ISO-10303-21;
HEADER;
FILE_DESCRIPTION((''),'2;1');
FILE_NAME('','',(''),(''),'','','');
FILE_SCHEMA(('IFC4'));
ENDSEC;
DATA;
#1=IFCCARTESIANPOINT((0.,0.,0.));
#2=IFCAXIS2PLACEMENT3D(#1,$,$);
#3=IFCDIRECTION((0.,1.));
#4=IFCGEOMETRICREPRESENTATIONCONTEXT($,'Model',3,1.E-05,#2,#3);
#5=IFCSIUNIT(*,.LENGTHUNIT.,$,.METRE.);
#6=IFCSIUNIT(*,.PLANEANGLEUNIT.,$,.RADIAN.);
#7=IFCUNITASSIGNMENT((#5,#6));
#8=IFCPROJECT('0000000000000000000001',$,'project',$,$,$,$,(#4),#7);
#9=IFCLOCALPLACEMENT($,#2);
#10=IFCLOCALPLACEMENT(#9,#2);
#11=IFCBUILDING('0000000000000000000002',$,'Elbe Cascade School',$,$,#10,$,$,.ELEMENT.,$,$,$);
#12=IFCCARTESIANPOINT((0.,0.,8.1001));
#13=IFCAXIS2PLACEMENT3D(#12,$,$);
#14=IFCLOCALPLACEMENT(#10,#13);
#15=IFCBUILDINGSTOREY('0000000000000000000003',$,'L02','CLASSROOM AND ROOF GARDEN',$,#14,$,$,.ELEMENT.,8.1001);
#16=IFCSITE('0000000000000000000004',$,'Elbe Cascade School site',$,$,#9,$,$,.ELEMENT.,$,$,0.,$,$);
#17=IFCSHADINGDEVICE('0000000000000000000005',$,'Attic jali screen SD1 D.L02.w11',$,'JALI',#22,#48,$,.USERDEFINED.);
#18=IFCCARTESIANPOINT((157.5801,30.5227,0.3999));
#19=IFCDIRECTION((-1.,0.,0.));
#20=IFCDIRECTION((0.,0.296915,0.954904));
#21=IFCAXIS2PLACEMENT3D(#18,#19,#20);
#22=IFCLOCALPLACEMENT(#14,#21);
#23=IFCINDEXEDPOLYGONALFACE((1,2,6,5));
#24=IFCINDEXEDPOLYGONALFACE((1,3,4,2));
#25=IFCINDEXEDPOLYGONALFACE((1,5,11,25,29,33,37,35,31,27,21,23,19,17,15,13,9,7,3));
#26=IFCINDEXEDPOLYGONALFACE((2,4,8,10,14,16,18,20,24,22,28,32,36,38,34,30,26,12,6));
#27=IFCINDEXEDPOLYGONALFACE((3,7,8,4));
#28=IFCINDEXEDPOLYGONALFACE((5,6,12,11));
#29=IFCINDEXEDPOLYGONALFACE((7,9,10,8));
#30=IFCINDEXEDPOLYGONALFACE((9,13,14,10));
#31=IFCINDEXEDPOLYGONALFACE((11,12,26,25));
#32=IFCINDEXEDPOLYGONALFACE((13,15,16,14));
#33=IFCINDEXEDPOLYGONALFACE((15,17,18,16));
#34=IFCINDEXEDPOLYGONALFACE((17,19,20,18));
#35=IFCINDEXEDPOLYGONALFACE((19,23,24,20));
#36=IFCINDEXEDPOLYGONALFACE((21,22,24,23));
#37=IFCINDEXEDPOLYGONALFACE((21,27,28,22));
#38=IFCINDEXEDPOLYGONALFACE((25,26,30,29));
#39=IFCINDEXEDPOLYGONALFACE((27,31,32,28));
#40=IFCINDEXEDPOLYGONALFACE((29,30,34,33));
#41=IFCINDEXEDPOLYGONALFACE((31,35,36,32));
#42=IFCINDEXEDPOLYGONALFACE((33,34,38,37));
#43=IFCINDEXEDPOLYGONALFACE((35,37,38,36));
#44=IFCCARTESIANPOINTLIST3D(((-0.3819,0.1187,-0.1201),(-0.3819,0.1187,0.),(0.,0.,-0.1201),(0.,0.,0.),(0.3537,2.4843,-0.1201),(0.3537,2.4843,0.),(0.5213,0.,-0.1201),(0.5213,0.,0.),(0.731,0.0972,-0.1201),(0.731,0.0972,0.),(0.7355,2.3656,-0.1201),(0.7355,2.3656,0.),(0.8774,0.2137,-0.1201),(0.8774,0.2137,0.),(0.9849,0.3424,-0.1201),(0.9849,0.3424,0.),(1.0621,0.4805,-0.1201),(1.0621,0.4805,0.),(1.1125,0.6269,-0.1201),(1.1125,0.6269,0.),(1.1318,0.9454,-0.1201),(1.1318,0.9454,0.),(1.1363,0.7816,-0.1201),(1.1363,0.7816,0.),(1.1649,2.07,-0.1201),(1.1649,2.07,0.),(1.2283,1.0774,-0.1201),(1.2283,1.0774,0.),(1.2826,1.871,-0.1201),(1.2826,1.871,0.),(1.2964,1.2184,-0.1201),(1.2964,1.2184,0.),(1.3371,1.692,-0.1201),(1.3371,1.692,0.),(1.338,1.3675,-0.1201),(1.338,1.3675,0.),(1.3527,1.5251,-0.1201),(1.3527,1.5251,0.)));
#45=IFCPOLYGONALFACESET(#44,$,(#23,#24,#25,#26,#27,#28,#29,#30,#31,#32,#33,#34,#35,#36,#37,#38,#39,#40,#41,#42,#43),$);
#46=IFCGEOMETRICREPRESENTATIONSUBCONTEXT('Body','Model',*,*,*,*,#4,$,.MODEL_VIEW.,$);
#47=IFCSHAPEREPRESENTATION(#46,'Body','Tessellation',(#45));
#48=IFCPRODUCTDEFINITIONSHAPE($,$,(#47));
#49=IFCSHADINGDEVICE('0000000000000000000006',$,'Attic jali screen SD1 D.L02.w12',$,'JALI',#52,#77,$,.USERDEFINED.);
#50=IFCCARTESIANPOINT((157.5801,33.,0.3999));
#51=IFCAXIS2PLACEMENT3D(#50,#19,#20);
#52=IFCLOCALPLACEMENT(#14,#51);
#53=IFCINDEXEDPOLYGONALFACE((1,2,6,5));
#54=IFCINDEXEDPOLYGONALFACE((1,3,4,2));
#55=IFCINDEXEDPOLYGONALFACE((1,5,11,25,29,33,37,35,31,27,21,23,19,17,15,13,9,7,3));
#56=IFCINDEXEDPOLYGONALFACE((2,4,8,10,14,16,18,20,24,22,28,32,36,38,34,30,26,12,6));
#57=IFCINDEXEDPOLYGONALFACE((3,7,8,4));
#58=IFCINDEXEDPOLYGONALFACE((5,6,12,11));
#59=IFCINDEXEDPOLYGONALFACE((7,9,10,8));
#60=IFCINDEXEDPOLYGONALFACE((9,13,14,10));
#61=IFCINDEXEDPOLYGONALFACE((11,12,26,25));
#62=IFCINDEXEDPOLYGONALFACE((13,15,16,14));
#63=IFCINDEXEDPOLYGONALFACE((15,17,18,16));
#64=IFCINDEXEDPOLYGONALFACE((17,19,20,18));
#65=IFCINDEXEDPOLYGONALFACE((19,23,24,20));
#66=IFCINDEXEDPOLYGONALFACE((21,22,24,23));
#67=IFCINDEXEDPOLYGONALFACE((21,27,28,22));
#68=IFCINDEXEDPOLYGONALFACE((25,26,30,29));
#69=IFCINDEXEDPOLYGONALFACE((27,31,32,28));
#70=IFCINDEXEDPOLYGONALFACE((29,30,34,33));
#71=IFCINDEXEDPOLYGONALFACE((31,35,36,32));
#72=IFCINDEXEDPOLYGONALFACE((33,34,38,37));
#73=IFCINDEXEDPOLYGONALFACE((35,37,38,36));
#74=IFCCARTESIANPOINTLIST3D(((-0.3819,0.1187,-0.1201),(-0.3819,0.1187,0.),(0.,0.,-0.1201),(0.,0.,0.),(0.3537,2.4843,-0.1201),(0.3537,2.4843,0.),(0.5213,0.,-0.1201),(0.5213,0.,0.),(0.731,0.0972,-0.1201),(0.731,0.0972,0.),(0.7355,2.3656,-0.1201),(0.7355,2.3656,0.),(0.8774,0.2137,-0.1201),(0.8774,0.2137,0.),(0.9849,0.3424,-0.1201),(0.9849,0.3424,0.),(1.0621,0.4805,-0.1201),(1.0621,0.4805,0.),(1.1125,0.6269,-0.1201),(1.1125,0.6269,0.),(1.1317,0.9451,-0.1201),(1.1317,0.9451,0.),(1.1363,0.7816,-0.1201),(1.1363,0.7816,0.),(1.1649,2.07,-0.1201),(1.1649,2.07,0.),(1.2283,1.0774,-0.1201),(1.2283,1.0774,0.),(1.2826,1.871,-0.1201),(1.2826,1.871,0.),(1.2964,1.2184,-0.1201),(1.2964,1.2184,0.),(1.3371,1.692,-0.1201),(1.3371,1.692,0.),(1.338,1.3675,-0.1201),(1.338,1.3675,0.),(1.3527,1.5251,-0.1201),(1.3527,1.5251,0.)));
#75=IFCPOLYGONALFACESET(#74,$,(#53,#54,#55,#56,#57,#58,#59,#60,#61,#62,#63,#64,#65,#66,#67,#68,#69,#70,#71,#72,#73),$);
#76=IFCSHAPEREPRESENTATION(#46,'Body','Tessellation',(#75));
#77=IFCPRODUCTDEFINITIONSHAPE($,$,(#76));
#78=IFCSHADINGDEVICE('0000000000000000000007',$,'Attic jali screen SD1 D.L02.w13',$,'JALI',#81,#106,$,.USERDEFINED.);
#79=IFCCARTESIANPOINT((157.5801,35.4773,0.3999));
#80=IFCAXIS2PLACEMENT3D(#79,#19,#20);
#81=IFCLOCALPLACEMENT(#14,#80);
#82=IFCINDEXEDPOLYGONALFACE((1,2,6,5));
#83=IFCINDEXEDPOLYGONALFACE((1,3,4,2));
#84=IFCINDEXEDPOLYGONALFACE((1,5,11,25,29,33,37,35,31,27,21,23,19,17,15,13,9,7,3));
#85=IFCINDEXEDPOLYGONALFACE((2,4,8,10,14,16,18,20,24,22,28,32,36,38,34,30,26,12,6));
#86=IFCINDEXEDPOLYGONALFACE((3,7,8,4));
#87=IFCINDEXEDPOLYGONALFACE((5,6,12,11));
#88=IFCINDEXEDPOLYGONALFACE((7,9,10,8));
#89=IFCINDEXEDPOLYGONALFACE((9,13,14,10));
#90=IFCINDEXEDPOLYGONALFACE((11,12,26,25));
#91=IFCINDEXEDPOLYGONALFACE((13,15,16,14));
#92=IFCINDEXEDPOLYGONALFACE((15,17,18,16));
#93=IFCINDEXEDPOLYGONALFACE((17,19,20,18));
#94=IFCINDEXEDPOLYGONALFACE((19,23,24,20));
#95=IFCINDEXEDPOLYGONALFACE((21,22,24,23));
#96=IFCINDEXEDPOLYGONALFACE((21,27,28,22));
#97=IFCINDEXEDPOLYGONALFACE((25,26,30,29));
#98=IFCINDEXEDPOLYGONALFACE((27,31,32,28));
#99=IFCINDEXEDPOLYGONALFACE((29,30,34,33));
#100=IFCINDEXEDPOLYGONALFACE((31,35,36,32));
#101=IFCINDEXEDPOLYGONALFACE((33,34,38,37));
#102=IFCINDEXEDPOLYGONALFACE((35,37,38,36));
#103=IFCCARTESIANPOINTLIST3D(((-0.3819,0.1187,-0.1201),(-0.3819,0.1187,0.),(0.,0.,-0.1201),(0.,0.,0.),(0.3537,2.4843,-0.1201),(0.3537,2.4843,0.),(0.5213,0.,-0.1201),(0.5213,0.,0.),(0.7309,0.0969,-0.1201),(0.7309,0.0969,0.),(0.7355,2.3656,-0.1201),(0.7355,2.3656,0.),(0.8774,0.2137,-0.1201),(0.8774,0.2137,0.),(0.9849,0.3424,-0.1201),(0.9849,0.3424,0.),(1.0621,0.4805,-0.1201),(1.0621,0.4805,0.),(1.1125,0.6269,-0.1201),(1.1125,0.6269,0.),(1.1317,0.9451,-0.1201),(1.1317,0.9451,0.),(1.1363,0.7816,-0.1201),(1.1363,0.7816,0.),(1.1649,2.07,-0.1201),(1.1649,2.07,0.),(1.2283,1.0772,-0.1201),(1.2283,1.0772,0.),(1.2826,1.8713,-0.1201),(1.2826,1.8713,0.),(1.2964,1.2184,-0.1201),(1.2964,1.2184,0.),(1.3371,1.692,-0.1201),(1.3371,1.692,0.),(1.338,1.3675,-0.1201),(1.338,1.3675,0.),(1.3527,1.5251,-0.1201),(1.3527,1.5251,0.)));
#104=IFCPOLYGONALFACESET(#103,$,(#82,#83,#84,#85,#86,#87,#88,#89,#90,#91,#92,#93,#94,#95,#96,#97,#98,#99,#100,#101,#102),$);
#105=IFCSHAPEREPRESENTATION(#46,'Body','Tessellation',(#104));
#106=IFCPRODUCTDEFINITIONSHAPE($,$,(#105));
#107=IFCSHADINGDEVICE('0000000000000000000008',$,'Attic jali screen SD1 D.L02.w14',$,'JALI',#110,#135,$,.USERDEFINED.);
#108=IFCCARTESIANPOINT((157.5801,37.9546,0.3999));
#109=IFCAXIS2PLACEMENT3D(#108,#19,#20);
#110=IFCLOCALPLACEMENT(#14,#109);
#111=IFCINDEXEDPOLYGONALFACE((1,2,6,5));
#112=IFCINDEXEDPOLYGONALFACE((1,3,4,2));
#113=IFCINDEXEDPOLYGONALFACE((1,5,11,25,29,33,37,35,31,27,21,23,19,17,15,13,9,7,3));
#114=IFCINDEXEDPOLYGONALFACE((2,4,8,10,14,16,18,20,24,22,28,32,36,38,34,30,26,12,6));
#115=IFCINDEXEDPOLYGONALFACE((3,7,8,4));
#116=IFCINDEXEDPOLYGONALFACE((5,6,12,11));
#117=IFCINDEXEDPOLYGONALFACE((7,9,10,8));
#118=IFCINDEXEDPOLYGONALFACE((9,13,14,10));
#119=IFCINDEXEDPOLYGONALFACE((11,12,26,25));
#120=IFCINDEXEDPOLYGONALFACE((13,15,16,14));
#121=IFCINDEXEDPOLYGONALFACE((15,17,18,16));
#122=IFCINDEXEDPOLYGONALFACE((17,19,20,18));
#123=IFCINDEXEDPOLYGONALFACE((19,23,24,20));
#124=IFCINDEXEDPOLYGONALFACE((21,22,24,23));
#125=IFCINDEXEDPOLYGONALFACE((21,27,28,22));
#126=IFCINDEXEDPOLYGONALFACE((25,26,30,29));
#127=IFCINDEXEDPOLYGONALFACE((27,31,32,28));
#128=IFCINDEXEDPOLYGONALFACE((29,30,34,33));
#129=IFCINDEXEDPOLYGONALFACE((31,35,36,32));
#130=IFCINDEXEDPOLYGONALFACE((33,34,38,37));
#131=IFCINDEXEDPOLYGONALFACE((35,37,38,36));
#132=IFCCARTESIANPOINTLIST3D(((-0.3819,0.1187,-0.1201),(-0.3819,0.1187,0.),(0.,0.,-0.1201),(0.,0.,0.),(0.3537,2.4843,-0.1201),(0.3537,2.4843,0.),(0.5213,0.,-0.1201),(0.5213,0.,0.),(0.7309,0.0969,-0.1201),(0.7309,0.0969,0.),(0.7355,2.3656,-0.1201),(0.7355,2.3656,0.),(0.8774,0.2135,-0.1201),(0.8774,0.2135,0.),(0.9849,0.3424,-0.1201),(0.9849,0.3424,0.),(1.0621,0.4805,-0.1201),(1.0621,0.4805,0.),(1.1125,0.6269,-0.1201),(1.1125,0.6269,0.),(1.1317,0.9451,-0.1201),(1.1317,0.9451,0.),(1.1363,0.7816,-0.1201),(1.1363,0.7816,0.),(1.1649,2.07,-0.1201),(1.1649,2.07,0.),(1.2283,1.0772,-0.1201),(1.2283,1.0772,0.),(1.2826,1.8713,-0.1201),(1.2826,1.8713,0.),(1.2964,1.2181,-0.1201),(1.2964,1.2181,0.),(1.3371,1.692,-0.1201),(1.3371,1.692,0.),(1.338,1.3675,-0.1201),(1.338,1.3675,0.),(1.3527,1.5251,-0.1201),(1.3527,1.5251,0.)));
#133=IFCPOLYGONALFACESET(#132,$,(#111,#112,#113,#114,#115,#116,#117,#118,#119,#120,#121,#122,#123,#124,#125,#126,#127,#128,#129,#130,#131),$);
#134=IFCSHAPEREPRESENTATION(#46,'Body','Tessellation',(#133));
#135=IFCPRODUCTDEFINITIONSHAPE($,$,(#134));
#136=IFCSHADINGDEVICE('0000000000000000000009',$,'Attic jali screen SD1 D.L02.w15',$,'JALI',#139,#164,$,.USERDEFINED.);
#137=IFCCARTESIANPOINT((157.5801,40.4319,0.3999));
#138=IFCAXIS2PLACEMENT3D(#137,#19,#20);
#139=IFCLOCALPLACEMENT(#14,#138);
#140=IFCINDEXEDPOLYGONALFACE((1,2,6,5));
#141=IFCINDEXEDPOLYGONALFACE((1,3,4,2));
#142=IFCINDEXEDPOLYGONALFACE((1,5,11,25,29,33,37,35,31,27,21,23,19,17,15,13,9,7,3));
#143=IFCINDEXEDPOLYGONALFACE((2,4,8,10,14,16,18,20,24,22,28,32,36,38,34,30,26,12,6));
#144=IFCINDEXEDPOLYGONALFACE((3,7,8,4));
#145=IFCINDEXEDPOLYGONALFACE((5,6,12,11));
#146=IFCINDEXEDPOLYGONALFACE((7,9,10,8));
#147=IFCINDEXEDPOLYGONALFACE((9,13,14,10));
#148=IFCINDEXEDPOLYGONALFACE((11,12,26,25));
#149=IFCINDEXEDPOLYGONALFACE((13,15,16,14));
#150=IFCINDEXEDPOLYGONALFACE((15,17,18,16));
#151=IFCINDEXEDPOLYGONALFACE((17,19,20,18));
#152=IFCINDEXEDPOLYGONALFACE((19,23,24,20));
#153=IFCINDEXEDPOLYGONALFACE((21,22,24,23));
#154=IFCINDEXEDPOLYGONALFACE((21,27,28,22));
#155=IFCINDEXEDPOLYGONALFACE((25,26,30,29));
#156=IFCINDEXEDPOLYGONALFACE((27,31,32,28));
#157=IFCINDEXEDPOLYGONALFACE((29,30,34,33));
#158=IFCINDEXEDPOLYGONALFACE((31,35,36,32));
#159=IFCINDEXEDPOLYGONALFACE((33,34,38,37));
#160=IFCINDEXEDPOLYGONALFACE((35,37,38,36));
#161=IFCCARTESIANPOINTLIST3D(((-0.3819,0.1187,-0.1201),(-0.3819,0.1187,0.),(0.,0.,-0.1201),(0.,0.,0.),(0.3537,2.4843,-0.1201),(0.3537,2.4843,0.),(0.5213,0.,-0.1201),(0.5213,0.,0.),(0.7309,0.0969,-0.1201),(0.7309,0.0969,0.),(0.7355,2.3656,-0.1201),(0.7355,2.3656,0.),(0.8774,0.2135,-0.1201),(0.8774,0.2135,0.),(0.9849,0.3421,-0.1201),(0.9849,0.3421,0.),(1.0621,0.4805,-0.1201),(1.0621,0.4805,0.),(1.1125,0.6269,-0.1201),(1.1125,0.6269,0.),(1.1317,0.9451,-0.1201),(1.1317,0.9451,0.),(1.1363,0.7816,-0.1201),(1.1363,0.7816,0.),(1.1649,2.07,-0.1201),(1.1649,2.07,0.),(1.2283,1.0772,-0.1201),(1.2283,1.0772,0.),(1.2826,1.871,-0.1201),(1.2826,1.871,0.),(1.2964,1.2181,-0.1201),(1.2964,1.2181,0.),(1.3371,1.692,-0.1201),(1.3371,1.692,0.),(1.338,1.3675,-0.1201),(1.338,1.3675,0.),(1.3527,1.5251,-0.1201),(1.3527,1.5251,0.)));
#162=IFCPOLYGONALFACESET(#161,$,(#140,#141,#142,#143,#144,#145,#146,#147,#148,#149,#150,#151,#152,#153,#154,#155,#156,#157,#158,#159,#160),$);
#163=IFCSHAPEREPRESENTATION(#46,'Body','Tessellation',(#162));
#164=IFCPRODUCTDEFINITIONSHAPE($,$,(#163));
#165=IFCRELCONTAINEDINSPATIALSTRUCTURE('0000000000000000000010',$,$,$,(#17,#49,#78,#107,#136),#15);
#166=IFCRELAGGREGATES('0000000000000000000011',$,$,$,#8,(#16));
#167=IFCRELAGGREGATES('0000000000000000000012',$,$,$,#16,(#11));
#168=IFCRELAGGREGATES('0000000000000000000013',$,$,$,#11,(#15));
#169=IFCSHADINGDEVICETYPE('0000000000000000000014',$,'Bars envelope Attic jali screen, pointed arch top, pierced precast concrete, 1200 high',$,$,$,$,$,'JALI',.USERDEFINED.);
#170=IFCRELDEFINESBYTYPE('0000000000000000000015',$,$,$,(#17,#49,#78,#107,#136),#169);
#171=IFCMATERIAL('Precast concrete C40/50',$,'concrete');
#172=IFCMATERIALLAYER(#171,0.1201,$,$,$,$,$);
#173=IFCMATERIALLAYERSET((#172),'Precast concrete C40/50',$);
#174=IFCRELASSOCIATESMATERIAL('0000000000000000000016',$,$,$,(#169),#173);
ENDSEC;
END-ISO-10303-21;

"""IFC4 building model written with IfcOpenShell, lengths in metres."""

from ifc_helpers import new_model, si_unit, direction, frame, origin, place, context, subcontext, project, spatial, polyline, outline, extrude, material, layer, layer_set, type_object, element, save


model = new_model("IFC4")

# Units and contexts
model_context = context("Model", 3, precision=1e-05, world=origin(), true_north=direction((0.0, 1.0)))
body_context = subcontext(model_context, "Body", "Model", "MODEL_VIEW")
ifc_project = project(units=[si_unit("LENGTHUNIT", "METRE"), si_unit("PLANEANGLEUNIT", "RADIAN")], contexts=[model_context])

# Site, building, storey
site_placement = place(None, origin())
site = spatial("IfcSite", under=ifc_project, at=site_placement, Name="Elbe Cascade School site", CompositionType="ELEMENT", RefElevation=0.0)
building_placement = place(site_placement, origin())
building = spatial("IfcBuilding", under=site, at=building_placement, Name="Elbe Cascade School", CompositionType="ELEMENT")
storey_placement = place(building_placement, frame((0.0, 0.0, 8.1001)))
storey = spatial("IfcBuildingStorey", under=building, at=storey_placement, Name="L02", Description="CLASSROOM AND ROOF GARDEN", CompositionType="ELEMENT", Elevation=8.1001)

# Shading devices
ifc_material_1 = material(Name="Precast concrete C40/50", Category="concrete")
ifc_layer_1 = layer(ifc_material_1, 0.1201)
ifc_layer_set_1 = layer_set([ifc_layer_1], Name="Precast concrete C40/50")
shading_device_type = type_object("IfcShadingDeviceType", Name="Bars envelope Attic jali screen, pointed arch top, pierced precast concrete, 1200 high", ElementType="JALI", PredefinedType="USERDEFINED", material=ifc_layer_set_1)
shading_device_1_placement = place(storey_placement, frame((157.5801, 30.5227, 0.3999), z_axis=(-1.0, 0.0, 0.0), x_axis=(0.0, 0.296915, 0.954904)))
element("IfcShadingDevice", 1, at=shading_device_1_placement, inside=storey, type_object=shading_device_type, Name="Attic jali screen SD1 D.L02.w11", ObjectType="JALI", PredefinedType="USERDEFINED", context=body_context, shape_type="SweptSolid", body=[
    extrude(outline(polyline([(0.0, 0.0), (0.5213, 0.0), (0.731, 0.0972), (0.8774, 0.2137), (0.9849, 0.3424), (1.0621, 0.4805), (1.1125, 0.6269), (1.1363, 0.7816), (1.1318, 0.9454), (1.2283, 1.0774), (1.2964, 1.2184), (1.338, 1.3675), (1.3527, 1.5251), (1.3371, 1.692), (1.2826, 1.871), (1.1649, 2.07), (0.7355, 2.3656), (0.3537, 2.4843), (-0.3819, 0.1187), (0.0, 0.0)])), origin(), (0.0, 0.0, -1.0), 0.1201),
])
shading_device_2_placement = place(storey_placement, frame((157.5801, 33.0, 0.3999), z_axis=(-1.0, 0.0, 0.0), x_axis=(0.0, 0.296915, 0.954904)))
element("IfcShadingDevice", 2, at=shading_device_2_placement, inside=storey, type_object=shading_device_type, Name="Attic jali screen SD1 D.L02.w12", ObjectType="JALI", PredefinedType="USERDEFINED", context=body_context, shape_type="SweptSolid", body=[
    extrude(outline(polyline([(0.0, 0.0), (0.5213, 0.0), (0.731, 0.0972), (0.8774, 0.2137), (0.9849, 0.3424), (1.0621, 0.4805), (1.1125, 0.6269), (1.1363, 0.7816), (1.1317, 0.9451), (1.2283, 1.0774), (1.2964, 1.2184), (1.338, 1.3675), (1.3527, 1.5251), (1.3371, 1.692), (1.2826, 1.871), (1.1649, 2.07), (0.7355, 2.3656), (0.3537, 2.4843), (-0.3819, 0.1187), (0.0, 0.0)])), origin(), (0.0, 0.0, -1.0), 0.1201),
])
shading_device_3_placement = place(storey_placement, frame((157.5801, 35.4773, 0.3999), z_axis=(-1.0, 0.0, 0.0), x_axis=(0.0, 0.296915, 0.954904)))
element("IfcShadingDevice", 3, at=shading_device_3_placement, inside=storey, type_object=shading_device_type, Name="Attic jali screen SD1 D.L02.w13", ObjectType="JALI", PredefinedType="USERDEFINED", context=body_context, shape_type="SweptSolid", body=[
    extrude(outline(polyline([(0.0, 0.0), (0.5213, 0.0), (0.7309, 0.0969), (0.8774, 0.2137), (0.9849, 0.3424), (1.0621, 0.4805), (1.1125, 0.6269), (1.1363, 0.7816), (1.1317, 0.9451), (1.2283, 1.0772), (1.2964, 1.2184), (1.338, 1.3675), (1.3527, 1.5251), (1.3371, 1.692), (1.2826, 1.8713), (1.1649, 2.07), (0.7355, 2.3656), (0.3537, 2.4843), (-0.3819, 0.1187), (0.0, 0.0)])), origin(), (0.0, 0.0, -1.0), 0.1201),
])
shading_device_4_placement = place(storey_placement, frame((157.5801, 37.9546, 0.3999), z_axis=(-1.0, 0.0, 0.0), x_axis=(0.0, 0.296915, 0.954904)))
element("IfcShadingDevice", 4, at=shading_device_4_placement, inside=storey, type_object=shading_device_type, Name="Attic jali screen SD1 D.L02.w14", ObjectType="JALI", PredefinedType="USERDEFINED", context=body_context, shape_type="SweptSolid", body=[
    extrude(outline(polyline([(0.0, 0.0), (0.5213, 0.0), (0.7309, 0.0969), (0.8774, 0.2135), (0.9849, 0.3424), (1.0621, 0.4805), (1.1125, 0.6269), (1.1363, 0.7816), (1.1317, 0.9451), (1.2283, 1.0772), (1.2964, 1.2181), (1.338, 1.3675), (1.3527, 1.5251), (1.3371, 1.692), (1.2826, 1.8713), (1.1649, 2.07), (0.7355, 2.3656), (0.3537, 2.4843), (-0.3819, 0.1187), (0.0, 0.0)])), origin(), (0.0, 0.0, -1.0), 0.1201),
])
shading_device_5_placement = place(storey_placement, frame((157.5801, 40.4319, 0.3999), z_axis=(-1.0, 0.0, 0.0), x_axis=(0.0, 0.296915, 0.954904)))
element("IfcShadingDevice", 5, at=shading_device_5_placement, inside=storey, type_object=shading_device_type, Name="Attic jali screen SD1 D.L02.w15", ObjectType="JALI", PredefinedType="USERDEFINED", context=body_context, shape_type="SweptSolid", body=[
    extrude(outline(polyline([(0.0, 0.0), (0.5213, 0.0), (0.7309, 0.0969), (0.8774, 0.2135), (0.9849, 0.3421), (1.0621, 0.4805), (1.1125, 0.6269), (1.1363, 0.7816), (1.1317, 0.9451), (1.2283, 1.0772), (1.2964, 1.2181), (1.338, 1.3675), (1.3527, 1.5251), (1.3371, 1.692), (1.2826, 1.871), (1.1649, 2.07), (0.7355, 2.3656), (0.3537, 2.4843), (-0.3819, 0.1187), (0.0, 0.0)])), origin(), (0.0, 0.0, -1.0), 0.1201),
])

save(model, "model.ifc")
